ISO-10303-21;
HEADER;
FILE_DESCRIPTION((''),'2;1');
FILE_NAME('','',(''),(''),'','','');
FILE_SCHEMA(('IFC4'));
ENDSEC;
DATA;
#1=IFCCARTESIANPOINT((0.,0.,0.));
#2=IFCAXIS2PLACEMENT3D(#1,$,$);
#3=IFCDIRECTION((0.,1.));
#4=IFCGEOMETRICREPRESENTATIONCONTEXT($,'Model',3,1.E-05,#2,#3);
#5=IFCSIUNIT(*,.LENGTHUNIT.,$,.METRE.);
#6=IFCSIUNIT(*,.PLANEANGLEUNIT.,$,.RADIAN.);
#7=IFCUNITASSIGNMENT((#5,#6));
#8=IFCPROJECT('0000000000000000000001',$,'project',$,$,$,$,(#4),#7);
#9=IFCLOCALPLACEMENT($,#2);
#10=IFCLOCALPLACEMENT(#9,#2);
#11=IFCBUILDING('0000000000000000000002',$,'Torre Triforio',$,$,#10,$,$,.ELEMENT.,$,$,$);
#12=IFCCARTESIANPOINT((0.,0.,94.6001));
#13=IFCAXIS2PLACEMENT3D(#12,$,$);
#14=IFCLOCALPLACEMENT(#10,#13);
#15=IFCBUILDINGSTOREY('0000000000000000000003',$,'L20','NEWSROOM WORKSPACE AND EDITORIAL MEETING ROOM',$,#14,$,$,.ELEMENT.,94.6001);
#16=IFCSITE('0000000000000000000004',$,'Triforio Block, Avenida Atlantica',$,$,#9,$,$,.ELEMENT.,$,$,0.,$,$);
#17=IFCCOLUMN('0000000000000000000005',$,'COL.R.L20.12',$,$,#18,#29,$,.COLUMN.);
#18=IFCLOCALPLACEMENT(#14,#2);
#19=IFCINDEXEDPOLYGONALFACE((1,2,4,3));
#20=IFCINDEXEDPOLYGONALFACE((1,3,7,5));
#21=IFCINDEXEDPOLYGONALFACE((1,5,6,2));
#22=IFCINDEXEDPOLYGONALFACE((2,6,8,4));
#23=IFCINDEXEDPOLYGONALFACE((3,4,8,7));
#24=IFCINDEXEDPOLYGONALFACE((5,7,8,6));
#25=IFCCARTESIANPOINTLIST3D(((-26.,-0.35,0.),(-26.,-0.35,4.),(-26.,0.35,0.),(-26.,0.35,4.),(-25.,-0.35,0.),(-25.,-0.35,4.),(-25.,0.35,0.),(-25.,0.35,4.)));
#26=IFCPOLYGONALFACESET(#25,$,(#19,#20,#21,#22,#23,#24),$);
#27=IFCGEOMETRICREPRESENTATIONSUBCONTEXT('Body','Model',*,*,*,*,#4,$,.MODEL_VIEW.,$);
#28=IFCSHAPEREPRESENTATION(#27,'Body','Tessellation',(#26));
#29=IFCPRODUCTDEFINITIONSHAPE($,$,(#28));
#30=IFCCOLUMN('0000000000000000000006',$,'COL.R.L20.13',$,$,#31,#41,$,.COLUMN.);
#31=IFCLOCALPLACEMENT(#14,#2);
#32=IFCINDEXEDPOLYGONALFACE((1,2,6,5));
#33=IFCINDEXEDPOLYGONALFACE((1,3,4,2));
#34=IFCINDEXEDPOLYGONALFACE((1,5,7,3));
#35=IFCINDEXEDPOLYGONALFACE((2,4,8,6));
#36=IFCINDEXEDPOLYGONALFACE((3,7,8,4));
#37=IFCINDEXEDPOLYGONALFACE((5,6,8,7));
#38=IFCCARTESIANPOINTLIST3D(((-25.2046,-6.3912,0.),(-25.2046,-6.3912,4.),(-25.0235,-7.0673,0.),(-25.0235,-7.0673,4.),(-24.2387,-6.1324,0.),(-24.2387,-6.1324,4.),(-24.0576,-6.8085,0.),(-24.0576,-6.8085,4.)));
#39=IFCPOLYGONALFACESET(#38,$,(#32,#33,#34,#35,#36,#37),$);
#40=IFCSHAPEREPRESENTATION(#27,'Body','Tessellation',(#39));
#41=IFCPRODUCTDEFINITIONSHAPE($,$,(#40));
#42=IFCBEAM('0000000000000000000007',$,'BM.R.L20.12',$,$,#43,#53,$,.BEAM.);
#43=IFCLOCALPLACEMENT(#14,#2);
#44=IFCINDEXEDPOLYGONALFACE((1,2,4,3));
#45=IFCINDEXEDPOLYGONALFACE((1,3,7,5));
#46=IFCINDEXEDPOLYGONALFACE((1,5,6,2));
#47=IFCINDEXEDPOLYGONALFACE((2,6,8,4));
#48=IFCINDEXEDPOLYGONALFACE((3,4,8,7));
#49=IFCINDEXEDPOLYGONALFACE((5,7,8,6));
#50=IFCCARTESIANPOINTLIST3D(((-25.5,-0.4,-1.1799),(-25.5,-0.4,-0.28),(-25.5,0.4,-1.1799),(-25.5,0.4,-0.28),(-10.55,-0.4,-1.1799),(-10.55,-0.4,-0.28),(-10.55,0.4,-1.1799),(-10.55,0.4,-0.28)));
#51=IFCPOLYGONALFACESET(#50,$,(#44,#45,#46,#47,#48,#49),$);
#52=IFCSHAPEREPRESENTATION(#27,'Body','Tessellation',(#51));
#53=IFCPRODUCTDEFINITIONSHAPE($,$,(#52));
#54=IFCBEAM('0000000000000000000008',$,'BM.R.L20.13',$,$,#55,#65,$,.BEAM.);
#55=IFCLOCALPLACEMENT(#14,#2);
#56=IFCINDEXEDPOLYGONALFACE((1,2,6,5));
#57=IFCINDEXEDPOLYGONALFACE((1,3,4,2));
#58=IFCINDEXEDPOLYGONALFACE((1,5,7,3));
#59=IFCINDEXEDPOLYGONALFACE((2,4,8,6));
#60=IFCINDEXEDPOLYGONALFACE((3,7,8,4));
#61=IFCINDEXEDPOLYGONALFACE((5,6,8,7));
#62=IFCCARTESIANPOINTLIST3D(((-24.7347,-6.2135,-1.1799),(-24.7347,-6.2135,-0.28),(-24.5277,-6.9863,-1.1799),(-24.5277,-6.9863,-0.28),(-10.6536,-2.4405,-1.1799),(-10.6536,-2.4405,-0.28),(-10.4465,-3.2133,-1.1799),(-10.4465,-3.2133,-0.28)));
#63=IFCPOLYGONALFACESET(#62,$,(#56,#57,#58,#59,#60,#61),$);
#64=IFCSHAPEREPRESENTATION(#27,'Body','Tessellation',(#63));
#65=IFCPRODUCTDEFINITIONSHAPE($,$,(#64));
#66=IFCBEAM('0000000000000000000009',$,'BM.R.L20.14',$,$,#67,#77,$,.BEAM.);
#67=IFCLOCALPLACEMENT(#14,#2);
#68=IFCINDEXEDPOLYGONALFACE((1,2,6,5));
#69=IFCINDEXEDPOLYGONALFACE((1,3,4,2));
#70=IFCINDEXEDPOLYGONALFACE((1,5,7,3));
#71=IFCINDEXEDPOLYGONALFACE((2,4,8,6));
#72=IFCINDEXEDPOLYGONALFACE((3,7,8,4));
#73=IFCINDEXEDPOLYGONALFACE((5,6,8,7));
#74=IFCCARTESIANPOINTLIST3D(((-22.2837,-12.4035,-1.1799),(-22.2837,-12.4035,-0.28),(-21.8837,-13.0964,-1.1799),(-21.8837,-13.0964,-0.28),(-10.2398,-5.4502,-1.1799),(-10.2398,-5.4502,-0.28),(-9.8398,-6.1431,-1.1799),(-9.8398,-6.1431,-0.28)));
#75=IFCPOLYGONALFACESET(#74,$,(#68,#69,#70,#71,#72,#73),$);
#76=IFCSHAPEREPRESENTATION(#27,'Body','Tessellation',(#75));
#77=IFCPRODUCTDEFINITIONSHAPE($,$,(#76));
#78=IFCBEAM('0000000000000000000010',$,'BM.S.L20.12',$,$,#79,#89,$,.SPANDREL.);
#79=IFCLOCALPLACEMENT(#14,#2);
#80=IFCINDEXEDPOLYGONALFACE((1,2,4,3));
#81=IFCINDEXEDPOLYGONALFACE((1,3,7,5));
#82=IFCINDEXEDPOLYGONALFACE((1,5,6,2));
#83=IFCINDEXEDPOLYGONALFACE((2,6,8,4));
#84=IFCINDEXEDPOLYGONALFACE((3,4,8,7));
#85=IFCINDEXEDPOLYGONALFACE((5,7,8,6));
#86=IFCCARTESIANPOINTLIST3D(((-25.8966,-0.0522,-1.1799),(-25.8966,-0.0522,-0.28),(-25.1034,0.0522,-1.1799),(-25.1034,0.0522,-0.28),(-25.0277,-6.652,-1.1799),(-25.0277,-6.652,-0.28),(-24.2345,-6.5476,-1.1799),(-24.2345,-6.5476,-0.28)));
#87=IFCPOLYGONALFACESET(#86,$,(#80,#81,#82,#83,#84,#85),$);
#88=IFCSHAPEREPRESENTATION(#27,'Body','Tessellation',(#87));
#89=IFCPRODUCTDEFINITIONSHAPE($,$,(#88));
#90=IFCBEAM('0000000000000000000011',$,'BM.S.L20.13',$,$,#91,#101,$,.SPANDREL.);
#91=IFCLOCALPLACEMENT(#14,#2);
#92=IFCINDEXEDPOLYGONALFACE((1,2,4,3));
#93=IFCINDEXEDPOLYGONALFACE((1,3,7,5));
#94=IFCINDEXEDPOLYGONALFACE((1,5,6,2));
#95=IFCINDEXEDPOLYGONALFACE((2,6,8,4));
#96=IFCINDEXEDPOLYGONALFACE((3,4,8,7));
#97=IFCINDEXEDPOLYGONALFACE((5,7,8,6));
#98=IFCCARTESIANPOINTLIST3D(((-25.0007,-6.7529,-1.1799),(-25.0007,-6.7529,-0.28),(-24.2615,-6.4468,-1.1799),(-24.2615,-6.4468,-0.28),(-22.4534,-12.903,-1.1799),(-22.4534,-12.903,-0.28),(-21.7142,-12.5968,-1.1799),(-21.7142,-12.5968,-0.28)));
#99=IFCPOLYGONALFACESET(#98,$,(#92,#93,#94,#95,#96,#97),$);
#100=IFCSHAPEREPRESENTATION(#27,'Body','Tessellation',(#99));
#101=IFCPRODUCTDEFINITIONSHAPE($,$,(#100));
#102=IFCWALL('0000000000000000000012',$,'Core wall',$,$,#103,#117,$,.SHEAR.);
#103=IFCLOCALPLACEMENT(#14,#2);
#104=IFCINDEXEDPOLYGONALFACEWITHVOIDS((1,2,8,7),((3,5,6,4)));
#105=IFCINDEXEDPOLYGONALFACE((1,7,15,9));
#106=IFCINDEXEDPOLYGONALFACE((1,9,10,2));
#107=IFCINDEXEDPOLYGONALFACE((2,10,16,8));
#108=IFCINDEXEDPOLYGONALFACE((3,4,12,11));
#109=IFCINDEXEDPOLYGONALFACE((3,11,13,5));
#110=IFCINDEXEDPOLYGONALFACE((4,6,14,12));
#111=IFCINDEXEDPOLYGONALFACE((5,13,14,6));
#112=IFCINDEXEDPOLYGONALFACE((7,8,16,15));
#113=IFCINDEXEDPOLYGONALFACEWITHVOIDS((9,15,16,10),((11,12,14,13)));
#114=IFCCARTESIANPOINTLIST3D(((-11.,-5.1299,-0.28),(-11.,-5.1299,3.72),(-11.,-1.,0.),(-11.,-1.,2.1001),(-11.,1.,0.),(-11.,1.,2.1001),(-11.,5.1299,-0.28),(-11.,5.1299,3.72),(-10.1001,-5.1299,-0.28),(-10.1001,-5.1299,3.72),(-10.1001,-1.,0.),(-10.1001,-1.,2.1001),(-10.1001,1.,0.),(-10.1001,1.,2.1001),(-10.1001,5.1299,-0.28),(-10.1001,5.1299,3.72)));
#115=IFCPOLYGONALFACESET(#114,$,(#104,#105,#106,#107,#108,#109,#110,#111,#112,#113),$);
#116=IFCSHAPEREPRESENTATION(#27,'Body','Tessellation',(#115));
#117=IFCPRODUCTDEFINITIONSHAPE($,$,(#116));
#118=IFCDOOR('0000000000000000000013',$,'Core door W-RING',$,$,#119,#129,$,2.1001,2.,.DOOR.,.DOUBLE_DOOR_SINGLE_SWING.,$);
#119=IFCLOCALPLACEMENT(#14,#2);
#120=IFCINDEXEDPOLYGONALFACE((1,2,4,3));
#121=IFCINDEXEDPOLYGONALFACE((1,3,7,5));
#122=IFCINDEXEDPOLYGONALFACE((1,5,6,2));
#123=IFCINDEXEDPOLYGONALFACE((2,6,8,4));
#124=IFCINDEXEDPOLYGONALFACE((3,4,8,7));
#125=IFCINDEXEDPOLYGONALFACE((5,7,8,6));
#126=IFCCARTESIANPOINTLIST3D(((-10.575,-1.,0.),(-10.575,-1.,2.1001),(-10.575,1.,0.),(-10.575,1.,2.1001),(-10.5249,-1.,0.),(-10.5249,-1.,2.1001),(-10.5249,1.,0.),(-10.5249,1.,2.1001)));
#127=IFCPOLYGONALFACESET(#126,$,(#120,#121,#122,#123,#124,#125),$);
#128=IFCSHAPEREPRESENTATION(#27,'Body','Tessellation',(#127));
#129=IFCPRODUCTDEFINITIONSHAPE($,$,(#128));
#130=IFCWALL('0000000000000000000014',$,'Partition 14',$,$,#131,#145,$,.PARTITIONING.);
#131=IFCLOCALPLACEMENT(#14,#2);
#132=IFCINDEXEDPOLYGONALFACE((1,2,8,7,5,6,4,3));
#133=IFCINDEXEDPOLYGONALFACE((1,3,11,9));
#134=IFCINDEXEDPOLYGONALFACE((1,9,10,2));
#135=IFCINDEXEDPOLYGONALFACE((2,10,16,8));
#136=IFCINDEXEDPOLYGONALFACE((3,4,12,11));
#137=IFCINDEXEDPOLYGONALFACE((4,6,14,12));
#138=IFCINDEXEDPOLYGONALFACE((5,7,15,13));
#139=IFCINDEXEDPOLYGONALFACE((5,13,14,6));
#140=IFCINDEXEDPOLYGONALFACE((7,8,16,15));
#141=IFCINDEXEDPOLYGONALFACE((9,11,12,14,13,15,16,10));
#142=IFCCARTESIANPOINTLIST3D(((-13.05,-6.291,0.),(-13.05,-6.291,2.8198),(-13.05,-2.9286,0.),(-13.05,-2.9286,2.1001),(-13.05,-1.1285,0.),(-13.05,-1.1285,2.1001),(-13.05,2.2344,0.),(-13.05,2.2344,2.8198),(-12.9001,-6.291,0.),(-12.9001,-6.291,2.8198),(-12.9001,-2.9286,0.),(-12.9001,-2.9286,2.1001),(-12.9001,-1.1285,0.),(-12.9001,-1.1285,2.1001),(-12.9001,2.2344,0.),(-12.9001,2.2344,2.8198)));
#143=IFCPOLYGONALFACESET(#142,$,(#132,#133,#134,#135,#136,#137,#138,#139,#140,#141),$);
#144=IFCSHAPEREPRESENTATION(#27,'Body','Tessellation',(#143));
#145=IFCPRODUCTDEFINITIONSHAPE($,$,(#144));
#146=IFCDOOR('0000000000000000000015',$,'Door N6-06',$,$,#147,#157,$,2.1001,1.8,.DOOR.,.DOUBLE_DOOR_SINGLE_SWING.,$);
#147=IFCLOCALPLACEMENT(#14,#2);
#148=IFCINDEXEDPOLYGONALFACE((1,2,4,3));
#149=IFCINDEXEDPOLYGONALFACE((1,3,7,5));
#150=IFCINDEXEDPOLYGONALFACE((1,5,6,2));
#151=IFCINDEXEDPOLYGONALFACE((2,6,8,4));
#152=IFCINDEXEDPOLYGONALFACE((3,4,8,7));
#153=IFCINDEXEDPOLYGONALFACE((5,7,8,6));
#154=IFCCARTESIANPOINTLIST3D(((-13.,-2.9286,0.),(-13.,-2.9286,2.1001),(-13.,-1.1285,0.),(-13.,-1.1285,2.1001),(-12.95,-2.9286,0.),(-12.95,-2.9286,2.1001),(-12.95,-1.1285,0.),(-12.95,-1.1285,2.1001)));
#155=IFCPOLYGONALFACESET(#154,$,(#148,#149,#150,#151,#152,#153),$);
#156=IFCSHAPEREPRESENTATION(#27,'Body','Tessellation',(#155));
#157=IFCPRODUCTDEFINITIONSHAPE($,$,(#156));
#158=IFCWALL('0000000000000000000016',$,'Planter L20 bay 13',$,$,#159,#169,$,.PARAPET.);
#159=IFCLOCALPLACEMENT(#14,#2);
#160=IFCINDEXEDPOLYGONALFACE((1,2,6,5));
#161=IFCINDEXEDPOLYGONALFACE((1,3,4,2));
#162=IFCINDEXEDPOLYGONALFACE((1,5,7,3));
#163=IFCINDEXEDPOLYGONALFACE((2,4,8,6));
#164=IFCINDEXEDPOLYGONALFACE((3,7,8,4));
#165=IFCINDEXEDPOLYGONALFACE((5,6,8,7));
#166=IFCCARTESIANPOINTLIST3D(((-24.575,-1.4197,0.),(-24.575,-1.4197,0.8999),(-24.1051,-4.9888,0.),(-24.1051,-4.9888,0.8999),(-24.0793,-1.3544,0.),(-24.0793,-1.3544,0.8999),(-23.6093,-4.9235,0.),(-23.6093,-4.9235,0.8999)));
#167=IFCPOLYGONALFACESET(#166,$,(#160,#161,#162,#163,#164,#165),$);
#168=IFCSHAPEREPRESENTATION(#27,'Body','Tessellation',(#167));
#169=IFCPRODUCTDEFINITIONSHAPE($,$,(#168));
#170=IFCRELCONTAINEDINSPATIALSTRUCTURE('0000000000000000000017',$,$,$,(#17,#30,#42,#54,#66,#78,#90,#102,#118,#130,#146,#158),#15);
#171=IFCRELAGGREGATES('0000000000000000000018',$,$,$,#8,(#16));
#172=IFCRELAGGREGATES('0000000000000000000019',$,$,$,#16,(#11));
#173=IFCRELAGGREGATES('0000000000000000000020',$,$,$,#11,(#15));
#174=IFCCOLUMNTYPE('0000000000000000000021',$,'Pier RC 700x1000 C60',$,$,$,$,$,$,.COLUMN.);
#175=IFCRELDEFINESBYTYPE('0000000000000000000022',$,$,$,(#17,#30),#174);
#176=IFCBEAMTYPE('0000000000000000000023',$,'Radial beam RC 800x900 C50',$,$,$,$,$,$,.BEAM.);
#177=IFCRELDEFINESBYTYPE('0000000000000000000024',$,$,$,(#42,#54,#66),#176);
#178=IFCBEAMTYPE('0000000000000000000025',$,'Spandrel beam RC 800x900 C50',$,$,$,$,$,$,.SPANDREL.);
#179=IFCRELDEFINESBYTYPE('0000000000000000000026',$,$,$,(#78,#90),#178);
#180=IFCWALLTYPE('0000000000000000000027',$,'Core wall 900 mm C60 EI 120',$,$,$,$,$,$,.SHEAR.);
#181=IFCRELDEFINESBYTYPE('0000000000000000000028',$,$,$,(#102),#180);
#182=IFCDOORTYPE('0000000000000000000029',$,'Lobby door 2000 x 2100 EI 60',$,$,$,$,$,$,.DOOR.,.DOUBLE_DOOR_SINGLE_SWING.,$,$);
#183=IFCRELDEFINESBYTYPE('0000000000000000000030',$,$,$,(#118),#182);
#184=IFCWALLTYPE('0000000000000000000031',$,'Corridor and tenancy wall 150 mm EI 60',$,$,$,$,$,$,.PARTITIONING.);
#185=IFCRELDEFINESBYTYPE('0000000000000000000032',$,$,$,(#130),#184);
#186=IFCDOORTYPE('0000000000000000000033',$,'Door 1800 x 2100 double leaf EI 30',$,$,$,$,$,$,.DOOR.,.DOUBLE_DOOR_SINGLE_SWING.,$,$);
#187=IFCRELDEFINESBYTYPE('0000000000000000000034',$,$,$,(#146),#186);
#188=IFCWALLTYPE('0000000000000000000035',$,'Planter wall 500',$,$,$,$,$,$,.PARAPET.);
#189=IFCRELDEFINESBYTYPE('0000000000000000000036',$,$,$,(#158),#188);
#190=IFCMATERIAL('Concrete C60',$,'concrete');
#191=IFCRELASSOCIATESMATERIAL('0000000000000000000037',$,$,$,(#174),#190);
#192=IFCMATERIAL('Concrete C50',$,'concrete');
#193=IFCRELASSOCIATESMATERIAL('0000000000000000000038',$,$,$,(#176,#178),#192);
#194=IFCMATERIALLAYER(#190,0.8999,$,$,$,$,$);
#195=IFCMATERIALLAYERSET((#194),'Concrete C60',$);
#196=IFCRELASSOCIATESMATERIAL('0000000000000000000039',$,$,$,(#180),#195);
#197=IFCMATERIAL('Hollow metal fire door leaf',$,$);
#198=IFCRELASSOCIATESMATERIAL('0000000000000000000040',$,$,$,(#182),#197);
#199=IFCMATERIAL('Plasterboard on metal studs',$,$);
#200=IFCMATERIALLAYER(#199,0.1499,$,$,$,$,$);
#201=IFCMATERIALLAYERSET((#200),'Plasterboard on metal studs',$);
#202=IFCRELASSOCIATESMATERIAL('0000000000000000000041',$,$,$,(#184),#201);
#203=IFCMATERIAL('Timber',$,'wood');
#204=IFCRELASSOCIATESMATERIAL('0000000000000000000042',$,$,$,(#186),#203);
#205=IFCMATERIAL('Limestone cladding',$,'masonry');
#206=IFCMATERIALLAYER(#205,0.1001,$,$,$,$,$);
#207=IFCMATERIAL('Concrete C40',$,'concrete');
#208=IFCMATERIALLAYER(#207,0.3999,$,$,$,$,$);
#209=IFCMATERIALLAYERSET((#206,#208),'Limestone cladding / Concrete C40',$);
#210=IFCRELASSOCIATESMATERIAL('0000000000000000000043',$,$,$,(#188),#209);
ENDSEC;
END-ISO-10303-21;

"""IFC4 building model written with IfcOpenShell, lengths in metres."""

from ifc_helpers import new_model, si_unit, direction, frame, frame_2d, origin, origin_2d, place, context, subcontext, project, spatial, rectangle, extrude, material, layer, layer_set, material_profile, profile_set, type_object, element, fill, save


model = new_model("IFC4")

# Units and contexts
model_context = context("Model", 3, precision=1e-05, world=origin(), true_north=direction((0.0, 1.0)))
body_context = subcontext(model_context, "Body", "Model", "MODEL_VIEW")
ifc_project = project(units=[si_unit("LENGTHUNIT", "METRE"), si_unit("PLANEANGLEUNIT", "RADIAN")], contexts=[model_context])

# Site, building, storey
site_placement = place(None, origin())
site = spatial("IfcSite", under=ifc_project, at=site_placement, Name="Triforio Block, Avenida Atlantica", CompositionType="ELEMENT", RefElevation=0.0)
building_placement = place(site_placement, origin())
building = spatial("IfcBuilding", under=site, at=building_placement, Name="Torre Triforio", CompositionType="ELEMENT")
storey_placement = place(building_placement, frame((0.0, 0.0, 94.6001)))
storey = spatial("IfcBuildingStorey", under=building, at=storey_placement, Name="L20", Description="NEWSROOM WORKSPACE AND EDITORIAL MEETING ROOM", CompositionType="ELEMENT", Elevation=94.6001)

# Columns
ifc_material_1 = material(Name="Concrete C60", Category="concrete")
ifc_material_profile_1 = material_profile(ifc_material_1, rectangle(XDim=0.7, YDim=1.0, at=origin_2d()), Name="RC 700x1000")
ifc_profile_set_1 = profile_set([ifc_material_profile_1], Name="Concrete C60")
column_type = type_object("IfcColumnType", Name="Pier RC 700x1000 C60", PredefinedType="COLUMN", material=ifc_profile_set_1)
for number, where, z_axis, x_axis, name in (
    (1, (-25.5, 0.0, 0.0), (0.0, 0.0, 1.0), (0.0, -1.0, 0.0), "COL.R.L20.12"),
    (2, (-24.6311, -6.5999, 0.0), (0.0, 0.0, 1.0), (0.258819, -0.965926, 0.0), "COL.R.L20.13"),
):
    element("IfcColumn", number, at=place(storey_placement, frame(where, z_axis=z_axis, x_axis=x_axis)), inside=storey, type_object=column_type, Name=name, PredefinedType="COLUMN", context=body_context, shape_type="SweptSolid", body=[
        extrude(rectangle(XDim=0.7, YDim=1.0, at=origin_2d()), origin(), (0.0, 0.0, 1.0), 4.0),
    ])

# Beams
ifc_material_2 = material(Name="Concrete C50", Category="concrete")
ifc_material_profile_2 = material_profile(ifc_material_2, rectangle(XDim=0.8, YDim=0.8999, at=origin_2d()), Name="RC 800x900")
ifc_profile_set_2 = profile_set([ifc_material_profile_2], Name="Concrete C50")
beam_type_1 = type_object("IfcBeamType", Name="Radial beam RC 800x900 C50", PredefinedType="BEAM", material=ifc_profile_set_2)
beam_1_placement = place(storey_placement, frame((-10.55, 0.0, -0.73), z_axis=(-1.0, 0.0, 0.0), x_axis=(0.0, -1.0, 0.0)))
element("IfcBeam", 3, at=beam_1_placement, inside=storey, type_object=beam_type_1, Name="BM.R.L20.12", PredefinedType="BEAM", context=body_context, shape_type="SweptSolid", body=[
    extrude(rectangle(XDim=0.8, YDim=0.8999, at=origin_2d()), origin(), (0.0, 0.0, 1.0), 14.95),
])
beam_2_placement = place(storey_placement, frame((-10.55, -2.8269, -0.73), z_axis=(-0.965927, -0.258815, 0.0), x_axis=(0.258815, -0.965927, 0.0)))
element("IfcBeam", 4, at=beam_2_placement, inside=storey, type_object=beam_type_1, Name="BM.R.L20.13", PredefinedType="BEAM", context=body_context, shape_type="SweptSolid", body=[
    extrude(rectangle(XDim=0.8, YDim=0.8999, at=origin_2d()), origin(), (0.0, 0.0, 1.0), 14.5779),
])
beam_3_placement = place(storey_placement, frame((-10.0398, -5.7966, -0.73), z_axis=(-0.866032, -0.499989, 0.0), x_axis=(0.499989, -0.866032, 0.0)))
element("IfcBeam", 5, at=beam_3_placement, inside=storey, type_object=beam_type_1, Name="BM.R.L20.14", PredefinedType="BEAM", context=body_context, shape_type="SweptSolid", body=[
    extrude(rectangle(XDim=0.8, YDim=0.8999, at=origin_2d()), origin(), (0.0, 0.0, 1.0), 13.907),
])
ifc_material_profile_3 = material_profile(ifc_material_2, rectangle(XDim=0.8, YDim=0.8999, at=origin_2d()), Name="RC 800x900")
ifc_profile_set_3 = profile_set([ifc_material_profile_3], Name="Concrete C50")
beam_type_2 = type_object("IfcBeamType", Name="Spandrel beam RC 800x900 C50", PredefinedType="SPANDREL", material=ifc_profile_set_3)
for number, where, z_axis, x_axis, name in (
    (6, (-25.5, 0.0, -0.73), (0.130528, -0.991445, 0.0), (0.991445, 0.130528, 0.0), "BM.S.L20.12"),
    (7, (-24.6311, -6.5999, -0.73), (0.382669, -0.923885, 0.0), (0.923885, 0.382669, 0.0), "BM.S.L20.13"),
):
    element("IfcBeam", number, at=place(storey_placement, frame(where, z_axis=z_axis, x_axis=x_axis)), inside=storey, type_object=beam_type_2, Name=name, PredefinedType="SPANDREL", context=body_context, shape_type="SweptSolid", body=[
        extrude(rectangle(XDim=0.8, YDim=0.8999, at=origin_2d()), origin(), (0.0, 0.0, 1.0), 6.6567),
    ])

# Walls, openings, doors
ifc_layer_1 = layer(ifc_material_1, 0.8999)
ifc_layer_set_1 = layer_set([ifc_layer_1], Name="Concrete C60")
wall_type_1 = type_object("IfcWallType", Name="Core wall 900 mm C60 EI 120", PredefinedType="SHEAR", material=ifc_layer_set_1)
wall_1_placement = place(storey_placement, frame((-10.55, -5.1299, -0.28), z_axis=(0.0, 0.0, 1.0), x_axis=(0.0, 1.0, 0.0)))
wall_1 = element("IfcWall", 8, at=wall_1_placement, inside=storey, type_object=wall_type_1, Name="Core wall", PredefinedType="SHEAR", context=body_context, shape_type="SweptSolid", body=[
    extrude(rectangle(XDim=10.2598, YDim=0.8999, at=frame_2d((5.1299, 0.0))), origin(), (0.0, 0.0, 1.0), 4.0),
])
opening_1_placement = place(wall_1_placement, frame((4.1299, 0.0, 0.28)))
opening_1 = element("IfcOpeningElement", 9, at=opening_1_placement, cuts=wall_1, PredefinedType="OPENING", context=body_context, shape_type="SweptSolid", body=[
    extrude(rectangle(XDim=2.0, YDim=2.1001, at=frame_2d((1.0, 1.05))), frame((0.0, 0.46, 0.0), z_axis=(0.0, -1.0, 0.0), x_axis=(1.0, 0.0, 0.0)), (0.0, 0.0, 1.0), 0.9199),
])
ifc_material_3 = material(Name="Hollow metal fire door leaf")
door_type_1 = type_object("IfcDoorType", Name="Lobby door 2000 x 2100 EI 60", OperationType="DOUBLE_DOOR_SINGLE_SWING", PredefinedType="DOOR", material=ifc_material_3)
door_1_placement = place(opening_1_placement, origin())
door_1 = element("IfcDoor", 10, at=door_1_placement, inside=storey, type_object=door_type_1, Name="Core door W-RING", OperationType="DOUBLE_DOOR_SINGLE_SWING", OverallHeight=2.1001, OverallWidth=2.0, PredefinedType="DOOR", context=body_context, shape_type="SweptSolid", body=[
    extrude(rectangle(XDim=2.0, YDim=2.1001, at=frame_2d((1.0, 1.05))), frame((0.0, 0.0249, 0.0), z_axis=(0.0, -1.0, 0.0), x_axis=(1.0, 0.0, 0.0)), (0.0, 0.0, 1.0), 0.05),
])
fill(opening_1, door_1)
ifc_material_4 = material(Name="Plasterboard on metal studs")
ifc_layer_2 = layer(ifc_material_4, 0.1499)
ifc_layer_set_2 = layer_set([ifc_layer_2], Name="Plasterboard on metal studs")
wall_type_2 = type_object("IfcWallType", Name="Corridor and tenancy wall 150 mm EI 60", PredefinedType="PARTITIONING", material=ifc_layer_set_2)
wall_2_placement = place(storey_placement, frame((-12.9751, -6.291, 0.0), z_axis=(0.0, 0.0, 1.0), x_axis=(0.0, 1.0, 0.0)))
wall_2 = element("IfcWall", 11, at=wall_2_placement, inside=storey, type_object=wall_type_2, Name="Partition 14", PredefinedType="PARTITIONING", context=body_context, shape_type="SweptSolid", body=[
    extrude(rectangle(XDim=8.5254, YDim=0.1499, at=frame_2d((4.2627, 0.0))), origin(), (0.0, 0.0, 1.0), 2.8198),
])
opening_2_placement = place(wall_2_placement, frame((3.3625, 0.0, 0.0)))
opening_2 = element("IfcOpeningElement", 12, at=opening_2_placement, cuts=wall_2, PredefinedType="OPENING", context=body_context, shape_type="SweptSolid", body=[
    extrude(rectangle(XDim=1.8, YDim=2.1001, at=frame_2d((0.8999, 1.05))), frame((0.0, 0.085, 0.0), z_axis=(0.0, -1.0, 0.0), x_axis=(1.0, 0.0, 0.0)), (0.0, 0.0, 1.0), 0.1699),
])
ifc_material_5 = material(Name="Timber", Category="wood")
door_type_2 = type_object("IfcDoorType", Name="Door 1800 x 2100 double leaf EI 30", OperationType="DOUBLE_DOOR_SINGLE_SWING", PredefinedType="DOOR", material=ifc_material_5)
door_2_placement = place(opening_2_placement, origin())
door_2 = element("IfcDoor", 13, at=door_2_placement, inside=storey, type_object=door_type_2, Name="Door N6-06", OperationType="DOUBLE_DOOR_SINGLE_SWING", OverallHeight=2.1001, OverallWidth=1.8, PredefinedType="DOOR", context=body_context, shape_type="SweptSolid", body=[
    extrude(rectangle(XDim=1.8, YDim=2.1001, at=frame_2d((0.8999, 1.05))), frame((0.0, 0.0249, 0.0), z_axis=(0.0, -1.0, 0.0), x_axis=(1.0, 0.0, 0.0)), (0.0, 0.0, 1.0), 0.05),
])
fill(opening_2, door_2)

# Wall
ifc_material_6 = material(Name="Limestone cladding", Category="masonry")
ifc_layer_3 = layer(ifc_material_6, 0.1001)
ifc_material_7 = material(Name="Concrete C40", Category="concrete")
ifc_layer_4 = layer(ifc_material_7, 0.3999)
ifc_layer_set_3 = layer_set([ifc_layer_3, ifc_layer_4], Name="Limestone cladding / Concrete C40")
wall_type_3 = type_object("IfcWallType", Name="Planter wall 500", PredefinedType="PARAPET", material=ifc_layer_set_3)
wall_3_placement = place(storey_placement, frame((-24.3271, -1.3872, 0.0), z_axis=(0.0, 0.0, 1.0), x_axis=(0.130551, -0.991442, 0.0)))
element("IfcWall", 14, at=wall_3_placement, inside=storey, type_object=wall_type_3, Name="Planter L20 bay 13", PredefinedType="PARAPET", context=body_context, shape_type="SweptSolid", body=[
    extrude(rectangle(XDim=3.5999, YDim=0.5, at=frame_2d((1.7998, 0.0))), origin(), (0.0, 0.0, 1.0), 0.8999),
])

save(model, "model.ifc")
